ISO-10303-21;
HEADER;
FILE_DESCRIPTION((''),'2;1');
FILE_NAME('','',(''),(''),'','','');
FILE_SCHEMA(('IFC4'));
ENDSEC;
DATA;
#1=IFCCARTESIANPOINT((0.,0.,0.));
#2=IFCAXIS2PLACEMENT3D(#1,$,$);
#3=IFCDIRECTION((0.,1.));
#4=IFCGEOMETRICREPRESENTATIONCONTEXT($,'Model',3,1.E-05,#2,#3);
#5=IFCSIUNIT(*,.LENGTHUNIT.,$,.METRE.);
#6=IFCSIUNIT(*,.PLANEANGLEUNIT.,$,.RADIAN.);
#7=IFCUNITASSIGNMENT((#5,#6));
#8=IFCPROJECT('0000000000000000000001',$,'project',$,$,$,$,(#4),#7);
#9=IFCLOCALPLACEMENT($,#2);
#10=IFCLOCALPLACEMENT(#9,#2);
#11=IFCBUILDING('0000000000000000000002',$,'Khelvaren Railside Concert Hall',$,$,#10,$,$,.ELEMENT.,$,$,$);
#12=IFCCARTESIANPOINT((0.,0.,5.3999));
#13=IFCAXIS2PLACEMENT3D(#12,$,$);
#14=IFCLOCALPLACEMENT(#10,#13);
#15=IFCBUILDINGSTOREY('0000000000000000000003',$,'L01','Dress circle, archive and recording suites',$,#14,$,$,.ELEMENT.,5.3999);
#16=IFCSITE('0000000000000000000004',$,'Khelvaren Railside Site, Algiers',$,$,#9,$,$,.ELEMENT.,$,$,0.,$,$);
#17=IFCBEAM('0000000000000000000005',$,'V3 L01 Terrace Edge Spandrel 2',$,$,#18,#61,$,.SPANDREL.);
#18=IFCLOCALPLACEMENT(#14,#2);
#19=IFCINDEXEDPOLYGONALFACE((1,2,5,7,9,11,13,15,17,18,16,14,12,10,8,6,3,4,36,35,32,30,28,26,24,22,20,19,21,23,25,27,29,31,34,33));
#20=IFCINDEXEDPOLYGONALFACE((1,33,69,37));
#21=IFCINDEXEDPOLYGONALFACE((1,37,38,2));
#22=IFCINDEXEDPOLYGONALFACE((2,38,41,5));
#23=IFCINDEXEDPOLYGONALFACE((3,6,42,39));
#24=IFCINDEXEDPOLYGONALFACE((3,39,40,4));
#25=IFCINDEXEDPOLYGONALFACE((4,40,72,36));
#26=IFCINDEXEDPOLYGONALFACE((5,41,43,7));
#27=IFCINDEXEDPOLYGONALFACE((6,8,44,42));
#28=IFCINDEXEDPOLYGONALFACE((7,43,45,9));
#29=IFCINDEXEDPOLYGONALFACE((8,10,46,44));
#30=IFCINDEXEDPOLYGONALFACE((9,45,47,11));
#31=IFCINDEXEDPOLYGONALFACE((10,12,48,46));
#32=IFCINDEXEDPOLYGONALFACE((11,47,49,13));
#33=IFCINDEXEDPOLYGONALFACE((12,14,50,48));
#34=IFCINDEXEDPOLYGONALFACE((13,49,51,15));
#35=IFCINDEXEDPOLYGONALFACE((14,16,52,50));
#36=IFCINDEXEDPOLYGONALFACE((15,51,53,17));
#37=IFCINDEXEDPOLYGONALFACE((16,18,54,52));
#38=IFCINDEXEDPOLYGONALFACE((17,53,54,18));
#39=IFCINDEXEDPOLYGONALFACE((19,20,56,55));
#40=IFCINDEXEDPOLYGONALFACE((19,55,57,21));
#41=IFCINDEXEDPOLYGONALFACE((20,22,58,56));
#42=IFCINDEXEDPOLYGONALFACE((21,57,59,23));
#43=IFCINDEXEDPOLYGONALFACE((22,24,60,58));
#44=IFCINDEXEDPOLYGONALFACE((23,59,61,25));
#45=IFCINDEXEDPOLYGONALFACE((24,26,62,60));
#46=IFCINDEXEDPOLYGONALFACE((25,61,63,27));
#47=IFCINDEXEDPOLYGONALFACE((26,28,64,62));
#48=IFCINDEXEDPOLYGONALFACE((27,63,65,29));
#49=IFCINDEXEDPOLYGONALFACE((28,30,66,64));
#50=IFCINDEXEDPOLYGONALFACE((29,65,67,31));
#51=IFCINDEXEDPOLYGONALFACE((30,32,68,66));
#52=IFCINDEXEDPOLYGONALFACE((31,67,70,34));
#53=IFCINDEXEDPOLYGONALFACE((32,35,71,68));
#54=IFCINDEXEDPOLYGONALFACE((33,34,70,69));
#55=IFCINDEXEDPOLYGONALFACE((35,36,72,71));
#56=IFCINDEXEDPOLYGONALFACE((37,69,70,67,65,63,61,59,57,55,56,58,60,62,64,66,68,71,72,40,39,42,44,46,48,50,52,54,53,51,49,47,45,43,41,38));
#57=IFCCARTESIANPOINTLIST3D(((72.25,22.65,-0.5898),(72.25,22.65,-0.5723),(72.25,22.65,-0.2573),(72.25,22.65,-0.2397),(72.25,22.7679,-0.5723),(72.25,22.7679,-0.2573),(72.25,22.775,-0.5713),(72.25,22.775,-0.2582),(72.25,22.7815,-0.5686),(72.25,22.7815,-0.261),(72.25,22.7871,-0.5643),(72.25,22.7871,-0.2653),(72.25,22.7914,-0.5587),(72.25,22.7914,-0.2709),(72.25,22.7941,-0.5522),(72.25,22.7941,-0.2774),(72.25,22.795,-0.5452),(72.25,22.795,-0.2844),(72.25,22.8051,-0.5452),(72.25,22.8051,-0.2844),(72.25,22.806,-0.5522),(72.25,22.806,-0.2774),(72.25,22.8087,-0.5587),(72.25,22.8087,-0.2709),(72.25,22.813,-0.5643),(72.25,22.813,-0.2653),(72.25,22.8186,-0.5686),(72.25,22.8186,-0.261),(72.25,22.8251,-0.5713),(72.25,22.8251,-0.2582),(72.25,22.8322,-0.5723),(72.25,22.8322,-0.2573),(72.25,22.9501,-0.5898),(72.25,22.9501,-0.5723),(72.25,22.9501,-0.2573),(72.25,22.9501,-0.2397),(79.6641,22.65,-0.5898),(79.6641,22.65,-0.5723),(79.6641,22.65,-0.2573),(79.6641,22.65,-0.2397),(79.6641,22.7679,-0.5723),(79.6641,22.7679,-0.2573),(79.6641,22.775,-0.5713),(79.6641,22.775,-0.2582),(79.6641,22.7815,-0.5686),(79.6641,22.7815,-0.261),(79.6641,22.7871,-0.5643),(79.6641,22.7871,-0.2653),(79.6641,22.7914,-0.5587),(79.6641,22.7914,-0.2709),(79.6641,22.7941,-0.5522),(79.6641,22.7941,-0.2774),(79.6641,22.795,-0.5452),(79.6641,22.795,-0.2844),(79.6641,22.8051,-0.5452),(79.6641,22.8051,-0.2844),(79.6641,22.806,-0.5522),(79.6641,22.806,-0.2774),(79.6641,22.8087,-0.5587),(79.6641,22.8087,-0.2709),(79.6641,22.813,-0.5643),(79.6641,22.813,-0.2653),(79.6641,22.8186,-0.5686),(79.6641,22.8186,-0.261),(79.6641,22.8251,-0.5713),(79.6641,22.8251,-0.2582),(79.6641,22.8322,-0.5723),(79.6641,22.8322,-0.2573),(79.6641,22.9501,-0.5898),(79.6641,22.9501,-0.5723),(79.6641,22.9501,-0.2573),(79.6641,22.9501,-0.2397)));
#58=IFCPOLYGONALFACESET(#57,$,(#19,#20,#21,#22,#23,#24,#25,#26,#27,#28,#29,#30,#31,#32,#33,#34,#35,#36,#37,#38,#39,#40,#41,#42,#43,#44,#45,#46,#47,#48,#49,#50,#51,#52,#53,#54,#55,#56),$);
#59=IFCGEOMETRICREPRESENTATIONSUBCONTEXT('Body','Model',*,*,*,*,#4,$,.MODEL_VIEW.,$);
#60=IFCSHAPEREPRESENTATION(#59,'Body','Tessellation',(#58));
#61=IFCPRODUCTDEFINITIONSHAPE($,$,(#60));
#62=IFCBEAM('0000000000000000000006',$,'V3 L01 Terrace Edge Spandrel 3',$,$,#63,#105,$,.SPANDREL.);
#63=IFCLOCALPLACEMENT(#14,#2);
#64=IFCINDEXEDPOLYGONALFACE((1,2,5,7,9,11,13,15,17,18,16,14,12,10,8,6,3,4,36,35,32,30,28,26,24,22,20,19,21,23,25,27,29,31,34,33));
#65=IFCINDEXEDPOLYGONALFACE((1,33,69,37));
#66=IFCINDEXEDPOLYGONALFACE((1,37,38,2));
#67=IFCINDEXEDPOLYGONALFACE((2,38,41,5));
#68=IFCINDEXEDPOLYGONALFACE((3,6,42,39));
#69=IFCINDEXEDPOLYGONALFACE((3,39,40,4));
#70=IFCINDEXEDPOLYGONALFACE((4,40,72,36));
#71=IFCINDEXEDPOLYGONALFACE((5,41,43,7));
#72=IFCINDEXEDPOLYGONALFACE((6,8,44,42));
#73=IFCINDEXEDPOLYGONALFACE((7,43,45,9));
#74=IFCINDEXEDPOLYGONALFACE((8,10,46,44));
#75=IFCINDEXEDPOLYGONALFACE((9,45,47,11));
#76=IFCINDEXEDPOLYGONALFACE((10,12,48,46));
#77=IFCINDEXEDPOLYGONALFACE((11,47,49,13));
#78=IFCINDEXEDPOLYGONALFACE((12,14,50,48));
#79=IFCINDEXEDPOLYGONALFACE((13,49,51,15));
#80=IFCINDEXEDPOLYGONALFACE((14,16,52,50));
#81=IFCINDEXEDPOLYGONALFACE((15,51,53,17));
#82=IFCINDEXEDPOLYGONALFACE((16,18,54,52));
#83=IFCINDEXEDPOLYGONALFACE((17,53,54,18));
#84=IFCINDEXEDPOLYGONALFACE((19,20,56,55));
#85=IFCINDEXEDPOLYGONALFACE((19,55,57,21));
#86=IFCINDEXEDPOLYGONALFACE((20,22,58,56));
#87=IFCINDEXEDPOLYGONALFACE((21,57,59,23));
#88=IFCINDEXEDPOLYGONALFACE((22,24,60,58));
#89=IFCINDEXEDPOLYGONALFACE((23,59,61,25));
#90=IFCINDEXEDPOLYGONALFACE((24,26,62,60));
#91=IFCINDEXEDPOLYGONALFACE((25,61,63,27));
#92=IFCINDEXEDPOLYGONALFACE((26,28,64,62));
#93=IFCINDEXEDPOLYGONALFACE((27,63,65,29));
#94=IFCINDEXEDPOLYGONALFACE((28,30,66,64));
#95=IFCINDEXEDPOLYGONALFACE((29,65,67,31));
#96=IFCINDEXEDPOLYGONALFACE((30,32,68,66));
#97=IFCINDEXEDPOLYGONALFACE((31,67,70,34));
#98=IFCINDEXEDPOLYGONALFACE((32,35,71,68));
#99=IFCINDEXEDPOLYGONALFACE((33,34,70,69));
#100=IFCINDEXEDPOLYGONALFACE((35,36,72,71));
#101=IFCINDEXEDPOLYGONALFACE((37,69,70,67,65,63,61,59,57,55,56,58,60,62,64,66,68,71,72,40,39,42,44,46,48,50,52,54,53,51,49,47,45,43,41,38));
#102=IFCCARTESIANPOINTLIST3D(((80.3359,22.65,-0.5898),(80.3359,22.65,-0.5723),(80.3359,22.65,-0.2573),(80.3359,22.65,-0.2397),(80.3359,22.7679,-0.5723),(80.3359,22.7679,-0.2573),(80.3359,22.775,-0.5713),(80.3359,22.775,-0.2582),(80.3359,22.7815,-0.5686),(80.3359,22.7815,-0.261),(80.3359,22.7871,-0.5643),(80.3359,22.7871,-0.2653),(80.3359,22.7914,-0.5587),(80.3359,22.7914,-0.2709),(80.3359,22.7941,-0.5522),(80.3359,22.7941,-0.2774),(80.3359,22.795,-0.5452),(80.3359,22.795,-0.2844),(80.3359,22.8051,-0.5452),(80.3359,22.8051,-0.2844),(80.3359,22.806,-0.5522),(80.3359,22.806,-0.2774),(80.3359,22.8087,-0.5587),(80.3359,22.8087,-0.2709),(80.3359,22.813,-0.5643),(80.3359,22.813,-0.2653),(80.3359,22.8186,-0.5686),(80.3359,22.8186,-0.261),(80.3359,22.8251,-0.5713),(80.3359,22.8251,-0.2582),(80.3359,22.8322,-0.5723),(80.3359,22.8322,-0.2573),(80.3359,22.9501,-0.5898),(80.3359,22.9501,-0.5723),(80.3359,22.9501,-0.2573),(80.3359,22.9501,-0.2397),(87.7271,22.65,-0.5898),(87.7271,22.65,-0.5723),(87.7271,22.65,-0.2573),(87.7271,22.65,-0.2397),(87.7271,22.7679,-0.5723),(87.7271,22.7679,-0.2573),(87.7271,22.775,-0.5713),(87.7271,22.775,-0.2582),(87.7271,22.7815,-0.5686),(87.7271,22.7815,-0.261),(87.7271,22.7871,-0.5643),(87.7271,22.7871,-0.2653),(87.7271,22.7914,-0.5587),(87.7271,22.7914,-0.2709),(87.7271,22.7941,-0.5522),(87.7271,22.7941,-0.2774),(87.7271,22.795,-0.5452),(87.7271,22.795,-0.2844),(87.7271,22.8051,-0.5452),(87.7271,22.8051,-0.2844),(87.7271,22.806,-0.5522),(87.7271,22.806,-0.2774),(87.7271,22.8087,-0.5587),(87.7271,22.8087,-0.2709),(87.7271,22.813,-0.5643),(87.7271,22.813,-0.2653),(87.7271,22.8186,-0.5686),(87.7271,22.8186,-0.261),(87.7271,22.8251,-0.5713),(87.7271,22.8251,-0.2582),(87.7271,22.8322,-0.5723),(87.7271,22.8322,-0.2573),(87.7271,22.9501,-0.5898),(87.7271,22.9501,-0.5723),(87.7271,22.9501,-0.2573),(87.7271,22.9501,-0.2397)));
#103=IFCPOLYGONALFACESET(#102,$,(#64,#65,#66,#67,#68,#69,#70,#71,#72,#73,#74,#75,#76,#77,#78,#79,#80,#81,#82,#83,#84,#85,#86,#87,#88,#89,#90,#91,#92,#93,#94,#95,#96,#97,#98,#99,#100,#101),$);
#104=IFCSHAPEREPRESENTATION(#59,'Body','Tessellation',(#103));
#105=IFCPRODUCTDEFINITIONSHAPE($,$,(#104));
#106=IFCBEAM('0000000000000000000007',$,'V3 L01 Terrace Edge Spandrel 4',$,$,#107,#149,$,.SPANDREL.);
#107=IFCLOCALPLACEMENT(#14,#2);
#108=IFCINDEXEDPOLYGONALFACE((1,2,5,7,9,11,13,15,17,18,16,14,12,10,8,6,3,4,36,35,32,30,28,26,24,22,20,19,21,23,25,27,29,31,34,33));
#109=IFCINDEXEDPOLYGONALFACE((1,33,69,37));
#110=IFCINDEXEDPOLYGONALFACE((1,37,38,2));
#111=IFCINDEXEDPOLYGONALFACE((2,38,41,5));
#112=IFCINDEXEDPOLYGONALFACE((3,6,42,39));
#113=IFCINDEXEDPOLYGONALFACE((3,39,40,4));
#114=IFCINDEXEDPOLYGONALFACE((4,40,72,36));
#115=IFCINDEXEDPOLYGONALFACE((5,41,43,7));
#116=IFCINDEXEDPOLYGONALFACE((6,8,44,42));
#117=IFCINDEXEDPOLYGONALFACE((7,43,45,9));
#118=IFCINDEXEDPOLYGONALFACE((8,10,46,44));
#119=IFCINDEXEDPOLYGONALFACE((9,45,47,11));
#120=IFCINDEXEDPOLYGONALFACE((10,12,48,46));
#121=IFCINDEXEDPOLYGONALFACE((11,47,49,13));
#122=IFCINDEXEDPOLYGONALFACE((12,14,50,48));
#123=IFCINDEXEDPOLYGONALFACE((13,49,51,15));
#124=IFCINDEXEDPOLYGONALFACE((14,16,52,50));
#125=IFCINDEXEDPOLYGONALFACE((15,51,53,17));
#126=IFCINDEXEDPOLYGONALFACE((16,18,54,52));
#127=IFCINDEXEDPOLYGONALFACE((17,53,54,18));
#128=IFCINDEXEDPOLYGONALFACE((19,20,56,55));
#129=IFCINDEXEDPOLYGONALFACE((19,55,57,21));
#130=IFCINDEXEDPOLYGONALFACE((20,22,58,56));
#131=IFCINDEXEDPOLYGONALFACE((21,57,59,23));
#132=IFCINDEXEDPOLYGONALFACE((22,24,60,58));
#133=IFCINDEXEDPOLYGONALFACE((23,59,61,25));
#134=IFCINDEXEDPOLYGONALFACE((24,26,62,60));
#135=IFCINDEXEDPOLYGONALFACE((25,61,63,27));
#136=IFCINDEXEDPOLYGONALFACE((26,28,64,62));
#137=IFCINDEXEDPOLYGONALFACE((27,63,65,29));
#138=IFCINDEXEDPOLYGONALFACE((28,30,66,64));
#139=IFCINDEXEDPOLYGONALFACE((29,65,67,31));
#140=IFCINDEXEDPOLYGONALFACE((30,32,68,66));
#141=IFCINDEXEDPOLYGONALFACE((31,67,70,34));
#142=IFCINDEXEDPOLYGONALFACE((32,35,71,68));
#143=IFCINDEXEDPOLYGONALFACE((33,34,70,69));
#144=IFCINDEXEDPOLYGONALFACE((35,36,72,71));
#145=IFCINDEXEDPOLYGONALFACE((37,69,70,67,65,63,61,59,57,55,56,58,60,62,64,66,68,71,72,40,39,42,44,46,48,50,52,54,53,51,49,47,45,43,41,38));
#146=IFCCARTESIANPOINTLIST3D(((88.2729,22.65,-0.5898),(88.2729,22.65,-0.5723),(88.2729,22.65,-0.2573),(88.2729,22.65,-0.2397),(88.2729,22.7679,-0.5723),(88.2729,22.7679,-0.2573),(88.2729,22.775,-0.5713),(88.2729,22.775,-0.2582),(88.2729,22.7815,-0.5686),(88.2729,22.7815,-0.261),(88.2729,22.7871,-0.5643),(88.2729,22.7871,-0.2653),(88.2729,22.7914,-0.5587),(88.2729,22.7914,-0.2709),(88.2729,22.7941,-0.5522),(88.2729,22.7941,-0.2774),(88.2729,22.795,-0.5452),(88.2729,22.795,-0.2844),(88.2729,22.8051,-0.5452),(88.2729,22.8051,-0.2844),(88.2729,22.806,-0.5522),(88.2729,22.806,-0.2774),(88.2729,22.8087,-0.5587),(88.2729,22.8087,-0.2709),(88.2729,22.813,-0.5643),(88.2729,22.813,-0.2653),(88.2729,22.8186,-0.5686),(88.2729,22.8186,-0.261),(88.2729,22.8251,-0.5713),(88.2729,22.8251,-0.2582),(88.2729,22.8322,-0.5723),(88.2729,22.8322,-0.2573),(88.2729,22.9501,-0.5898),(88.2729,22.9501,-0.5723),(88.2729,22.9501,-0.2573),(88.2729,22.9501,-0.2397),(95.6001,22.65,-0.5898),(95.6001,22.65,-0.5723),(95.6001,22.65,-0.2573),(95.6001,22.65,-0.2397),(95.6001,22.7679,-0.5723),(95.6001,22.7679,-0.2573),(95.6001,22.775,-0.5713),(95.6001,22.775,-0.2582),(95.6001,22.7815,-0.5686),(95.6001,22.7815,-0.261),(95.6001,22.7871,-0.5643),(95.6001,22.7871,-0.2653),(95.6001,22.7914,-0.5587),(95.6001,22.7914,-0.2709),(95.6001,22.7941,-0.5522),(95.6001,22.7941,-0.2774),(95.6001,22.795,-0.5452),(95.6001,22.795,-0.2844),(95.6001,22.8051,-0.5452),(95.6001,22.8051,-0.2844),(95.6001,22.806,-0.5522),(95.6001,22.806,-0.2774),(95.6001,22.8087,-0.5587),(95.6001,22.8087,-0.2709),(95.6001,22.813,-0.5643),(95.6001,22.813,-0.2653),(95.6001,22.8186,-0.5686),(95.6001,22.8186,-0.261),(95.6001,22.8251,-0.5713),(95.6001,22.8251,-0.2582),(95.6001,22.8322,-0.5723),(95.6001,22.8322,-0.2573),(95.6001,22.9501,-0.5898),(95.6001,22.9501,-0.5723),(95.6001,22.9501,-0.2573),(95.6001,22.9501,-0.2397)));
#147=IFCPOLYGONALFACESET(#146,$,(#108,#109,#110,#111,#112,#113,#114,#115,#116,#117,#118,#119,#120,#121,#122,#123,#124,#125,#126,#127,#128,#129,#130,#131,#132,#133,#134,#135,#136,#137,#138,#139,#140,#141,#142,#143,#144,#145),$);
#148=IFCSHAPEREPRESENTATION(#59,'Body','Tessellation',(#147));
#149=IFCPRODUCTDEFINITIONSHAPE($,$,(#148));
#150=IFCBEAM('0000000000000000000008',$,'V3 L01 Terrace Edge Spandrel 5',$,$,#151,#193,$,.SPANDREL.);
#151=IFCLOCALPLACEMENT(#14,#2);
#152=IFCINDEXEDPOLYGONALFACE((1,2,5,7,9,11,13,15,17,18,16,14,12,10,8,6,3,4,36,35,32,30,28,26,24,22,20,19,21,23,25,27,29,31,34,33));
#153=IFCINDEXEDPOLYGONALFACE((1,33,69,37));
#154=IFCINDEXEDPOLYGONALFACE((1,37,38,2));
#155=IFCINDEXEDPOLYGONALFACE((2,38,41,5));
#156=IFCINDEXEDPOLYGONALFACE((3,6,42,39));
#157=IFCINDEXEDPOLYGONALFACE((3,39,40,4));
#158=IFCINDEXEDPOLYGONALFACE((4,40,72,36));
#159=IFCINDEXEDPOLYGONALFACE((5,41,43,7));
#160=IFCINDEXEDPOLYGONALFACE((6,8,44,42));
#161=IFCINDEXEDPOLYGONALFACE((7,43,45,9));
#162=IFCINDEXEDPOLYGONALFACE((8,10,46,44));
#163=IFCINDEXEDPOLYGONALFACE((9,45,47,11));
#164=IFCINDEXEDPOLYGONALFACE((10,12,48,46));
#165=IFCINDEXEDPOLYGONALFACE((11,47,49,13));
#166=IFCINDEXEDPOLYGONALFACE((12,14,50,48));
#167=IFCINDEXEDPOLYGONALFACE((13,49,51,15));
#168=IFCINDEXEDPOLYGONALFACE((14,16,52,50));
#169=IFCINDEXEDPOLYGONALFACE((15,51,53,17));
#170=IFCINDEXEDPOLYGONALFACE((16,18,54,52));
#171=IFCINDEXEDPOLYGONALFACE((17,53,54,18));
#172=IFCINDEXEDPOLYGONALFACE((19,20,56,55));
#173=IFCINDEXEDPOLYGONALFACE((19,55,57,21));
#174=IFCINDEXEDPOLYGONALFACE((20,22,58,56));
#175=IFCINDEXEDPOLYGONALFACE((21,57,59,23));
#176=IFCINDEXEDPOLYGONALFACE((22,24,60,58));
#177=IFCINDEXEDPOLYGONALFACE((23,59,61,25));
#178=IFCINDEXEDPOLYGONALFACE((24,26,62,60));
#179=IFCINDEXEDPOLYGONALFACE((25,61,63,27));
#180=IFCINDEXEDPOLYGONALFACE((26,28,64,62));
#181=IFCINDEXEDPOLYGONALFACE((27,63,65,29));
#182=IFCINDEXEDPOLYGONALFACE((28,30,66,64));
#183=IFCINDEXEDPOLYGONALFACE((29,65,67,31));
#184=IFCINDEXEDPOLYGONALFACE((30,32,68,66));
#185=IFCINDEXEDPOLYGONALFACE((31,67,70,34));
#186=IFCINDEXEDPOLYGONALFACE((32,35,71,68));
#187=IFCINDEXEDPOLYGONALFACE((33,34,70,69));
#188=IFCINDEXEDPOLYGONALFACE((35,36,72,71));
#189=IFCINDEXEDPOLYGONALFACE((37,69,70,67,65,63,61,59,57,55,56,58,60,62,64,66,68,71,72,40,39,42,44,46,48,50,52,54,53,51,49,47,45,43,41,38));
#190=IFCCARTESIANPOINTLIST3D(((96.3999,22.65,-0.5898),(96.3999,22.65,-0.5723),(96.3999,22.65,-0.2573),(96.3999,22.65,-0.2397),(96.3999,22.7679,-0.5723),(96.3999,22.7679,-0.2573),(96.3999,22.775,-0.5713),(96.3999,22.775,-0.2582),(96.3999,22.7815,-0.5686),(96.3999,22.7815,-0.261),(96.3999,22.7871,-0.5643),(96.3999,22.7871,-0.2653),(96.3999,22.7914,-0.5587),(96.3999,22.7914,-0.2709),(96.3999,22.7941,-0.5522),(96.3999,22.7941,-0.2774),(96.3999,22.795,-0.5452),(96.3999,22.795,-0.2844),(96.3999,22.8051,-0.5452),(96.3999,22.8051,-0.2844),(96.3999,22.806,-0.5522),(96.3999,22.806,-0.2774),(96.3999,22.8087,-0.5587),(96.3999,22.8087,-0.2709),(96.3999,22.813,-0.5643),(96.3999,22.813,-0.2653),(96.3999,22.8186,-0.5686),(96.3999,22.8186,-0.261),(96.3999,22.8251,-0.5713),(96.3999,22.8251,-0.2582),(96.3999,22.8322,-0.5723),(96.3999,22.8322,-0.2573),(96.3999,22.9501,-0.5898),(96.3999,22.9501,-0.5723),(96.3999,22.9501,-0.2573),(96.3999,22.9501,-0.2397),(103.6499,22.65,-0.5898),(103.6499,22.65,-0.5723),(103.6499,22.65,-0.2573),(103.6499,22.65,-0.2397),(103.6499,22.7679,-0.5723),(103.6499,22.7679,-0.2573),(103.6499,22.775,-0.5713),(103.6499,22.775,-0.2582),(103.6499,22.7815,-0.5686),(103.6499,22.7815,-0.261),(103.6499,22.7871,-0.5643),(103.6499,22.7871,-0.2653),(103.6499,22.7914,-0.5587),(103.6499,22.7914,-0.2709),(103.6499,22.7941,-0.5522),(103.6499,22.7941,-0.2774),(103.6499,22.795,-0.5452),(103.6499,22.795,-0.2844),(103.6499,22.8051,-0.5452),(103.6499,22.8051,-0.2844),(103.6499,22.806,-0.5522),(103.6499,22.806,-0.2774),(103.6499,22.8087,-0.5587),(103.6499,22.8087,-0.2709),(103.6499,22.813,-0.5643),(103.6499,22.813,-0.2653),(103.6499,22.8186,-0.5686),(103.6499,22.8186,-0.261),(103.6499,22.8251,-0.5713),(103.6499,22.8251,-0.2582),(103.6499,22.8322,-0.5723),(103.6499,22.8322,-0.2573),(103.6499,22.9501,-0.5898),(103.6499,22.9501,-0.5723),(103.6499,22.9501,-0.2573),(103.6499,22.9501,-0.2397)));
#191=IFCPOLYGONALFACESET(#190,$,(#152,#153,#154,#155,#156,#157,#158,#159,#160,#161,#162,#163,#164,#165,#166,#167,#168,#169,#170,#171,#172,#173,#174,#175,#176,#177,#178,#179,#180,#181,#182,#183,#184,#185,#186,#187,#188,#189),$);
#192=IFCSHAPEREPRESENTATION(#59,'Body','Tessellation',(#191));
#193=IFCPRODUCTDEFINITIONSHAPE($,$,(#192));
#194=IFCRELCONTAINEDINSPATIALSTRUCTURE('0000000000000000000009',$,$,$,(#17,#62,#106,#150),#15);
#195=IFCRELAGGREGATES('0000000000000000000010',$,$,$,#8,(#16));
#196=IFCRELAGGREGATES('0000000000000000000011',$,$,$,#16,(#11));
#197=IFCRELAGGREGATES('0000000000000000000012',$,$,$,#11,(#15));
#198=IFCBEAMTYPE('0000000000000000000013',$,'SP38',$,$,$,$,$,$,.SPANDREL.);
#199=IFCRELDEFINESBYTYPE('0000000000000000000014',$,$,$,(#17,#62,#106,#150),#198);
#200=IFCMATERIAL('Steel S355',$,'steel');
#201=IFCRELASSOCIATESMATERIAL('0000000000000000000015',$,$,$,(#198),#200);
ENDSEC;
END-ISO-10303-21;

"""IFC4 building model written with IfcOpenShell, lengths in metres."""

from ifc_helpers import new_model, si_unit, direction, frame, origin, origin_2d, place, context, subcontext, project, spatial, i_section, extrude, material, material_profile, profile_set, type_object, element, save


model = new_model("IFC4")

# Units and contexts
model_context = context("Model", 3, precision=1e-05, world=origin(), true_north=direction((0.0, 1.0)))
body_context = subcontext(model_context, "Body", "Model", "MODEL_VIEW")
ifc_project = project(units=[si_unit("LENGTHUNIT", "METRE"), si_unit("PLANEANGLEUNIT", "RADIAN")], contexts=[model_context])

# Site, building, storey
site_placement = place(None, origin())
site = spatial("IfcSite", under=ifc_project, at=site_placement, Name="Khelvaren Railside Site, Algiers", CompositionType="ELEMENT", RefElevation=0.0)
building_placement = place(site_placement, origin())
building = spatial("IfcBuilding", under=site, at=building_placement, Name="Khelvaren Railside Concert Hall", CompositionType="ELEMENT")
storey_placement = place(building_placement, frame((0.0, 0.0, 5.3999)))
storey = spatial("IfcBuildingStorey", under=building, at=storey_placement, Name="L01", Description="Dress circle, archive and recording suites", CompositionType="ELEMENT", Elevation=5.3999)

# Beams
ifc_material_1 = material(Name="Steel S355", Category="steel")
ifc_material_profile_1 = material_profile(ifc_material_1, i_section(OverallWidth=0.3, OverallDepth=0.3501, WebThickness=0.01, FlangeThickness=0.0176, FilletRadius=0.0271, at=origin_2d()), Name="HEA 360")
ifc_profile_set_1 = profile_set([ifc_material_profile_1], Name="Steel S355")
beam_type = type_object("IfcBeamType", Name="SP38", PredefinedType="SPANDREL", material=ifc_profile_set_1)
beam_1_placement = place(storey_placement, frame((72.25, 22.8, -0.4148), z_axis=(1.0, 0.0, 0.0), x_axis=(0.0, 1.0, 0.0)))
element("IfcBeam", 1, at=beam_1_placement, inside=storey, type_object=beam_type, Name="V3 L01 Terrace Edge Spandrel 2", PredefinedType="SPANDREL", context=body_context, shape_type="SweptSolid", body=[
    extrude(i_section(OverallWidth=0.3, OverallDepth=0.3501, WebThickness=0.01, FlangeThickness=0.0176, FilletRadius=0.0271, at=origin_2d()), origin(), (0.0, 0.0, 1.0), 7.4141),
])
beam_2_placement = place(storey_placement, frame((80.3359, 22.8, -0.4148), z_axis=(1.0, 0.0, 0.0), x_axis=(0.0, 1.0, 0.0)))
element("IfcBeam", 2, at=beam_2_placement, inside=storey, type_object=beam_type, Name="V3 L01 Terrace Edge Spandrel 3", PredefinedType="SPANDREL", context=body_context, shape_type="SweptSolid", body=[
    extrude(i_section(OverallWidth=0.3, OverallDepth=0.3501, WebThickness=0.01, FlangeThickness=0.0176, FilletRadius=0.0271, at=origin_2d()), origin(), (0.0, 0.0, 1.0), 7.3911),
])
beam_3_placement = place(storey_placement, frame((88.2729, 22.8, -0.4148), z_axis=(1.0, 0.0, 0.0), x_axis=(0.0, 1.0, 0.0)))
element("IfcBeam", 3, at=beam_3_placement, inside=storey, type_object=beam_type, Name="V3 L01 Terrace Edge Spandrel 4", PredefinedType="SPANDREL", context=body_context, shape_type="SweptSolid", body=[
    extrude(i_section(OverallWidth=0.3, OverallDepth=0.3501, WebThickness=0.01, FlangeThickness=0.0176, FilletRadius=0.0271, at=origin_2d()), origin(), (0.0, 0.0, 1.0), 7.3271),
])
beam_4_placement = place(storey_placement, frame((96.3999, 22.8, -0.4148), z_axis=(1.0, 0.0, 0.0), x_axis=(0.0, 1.0, 0.0)))
element("IfcBeam", 4, at=beam_4_placement, inside=storey, type_object=beam_type, Name="V3 L01 Terrace Edge Spandrel 5", PredefinedType="SPANDREL", context=body_context, shape_type="SweptSolid", body=[
    extrude(i_section(OverallWidth=0.3, OverallDepth=0.3501, WebThickness=0.01, FlangeThickness=0.0176, FilletRadius=0.0271, at=origin_2d()), origin(), (0.0, 0.0, 1.0), 7.25),
])

save(model, "model.ifc")
